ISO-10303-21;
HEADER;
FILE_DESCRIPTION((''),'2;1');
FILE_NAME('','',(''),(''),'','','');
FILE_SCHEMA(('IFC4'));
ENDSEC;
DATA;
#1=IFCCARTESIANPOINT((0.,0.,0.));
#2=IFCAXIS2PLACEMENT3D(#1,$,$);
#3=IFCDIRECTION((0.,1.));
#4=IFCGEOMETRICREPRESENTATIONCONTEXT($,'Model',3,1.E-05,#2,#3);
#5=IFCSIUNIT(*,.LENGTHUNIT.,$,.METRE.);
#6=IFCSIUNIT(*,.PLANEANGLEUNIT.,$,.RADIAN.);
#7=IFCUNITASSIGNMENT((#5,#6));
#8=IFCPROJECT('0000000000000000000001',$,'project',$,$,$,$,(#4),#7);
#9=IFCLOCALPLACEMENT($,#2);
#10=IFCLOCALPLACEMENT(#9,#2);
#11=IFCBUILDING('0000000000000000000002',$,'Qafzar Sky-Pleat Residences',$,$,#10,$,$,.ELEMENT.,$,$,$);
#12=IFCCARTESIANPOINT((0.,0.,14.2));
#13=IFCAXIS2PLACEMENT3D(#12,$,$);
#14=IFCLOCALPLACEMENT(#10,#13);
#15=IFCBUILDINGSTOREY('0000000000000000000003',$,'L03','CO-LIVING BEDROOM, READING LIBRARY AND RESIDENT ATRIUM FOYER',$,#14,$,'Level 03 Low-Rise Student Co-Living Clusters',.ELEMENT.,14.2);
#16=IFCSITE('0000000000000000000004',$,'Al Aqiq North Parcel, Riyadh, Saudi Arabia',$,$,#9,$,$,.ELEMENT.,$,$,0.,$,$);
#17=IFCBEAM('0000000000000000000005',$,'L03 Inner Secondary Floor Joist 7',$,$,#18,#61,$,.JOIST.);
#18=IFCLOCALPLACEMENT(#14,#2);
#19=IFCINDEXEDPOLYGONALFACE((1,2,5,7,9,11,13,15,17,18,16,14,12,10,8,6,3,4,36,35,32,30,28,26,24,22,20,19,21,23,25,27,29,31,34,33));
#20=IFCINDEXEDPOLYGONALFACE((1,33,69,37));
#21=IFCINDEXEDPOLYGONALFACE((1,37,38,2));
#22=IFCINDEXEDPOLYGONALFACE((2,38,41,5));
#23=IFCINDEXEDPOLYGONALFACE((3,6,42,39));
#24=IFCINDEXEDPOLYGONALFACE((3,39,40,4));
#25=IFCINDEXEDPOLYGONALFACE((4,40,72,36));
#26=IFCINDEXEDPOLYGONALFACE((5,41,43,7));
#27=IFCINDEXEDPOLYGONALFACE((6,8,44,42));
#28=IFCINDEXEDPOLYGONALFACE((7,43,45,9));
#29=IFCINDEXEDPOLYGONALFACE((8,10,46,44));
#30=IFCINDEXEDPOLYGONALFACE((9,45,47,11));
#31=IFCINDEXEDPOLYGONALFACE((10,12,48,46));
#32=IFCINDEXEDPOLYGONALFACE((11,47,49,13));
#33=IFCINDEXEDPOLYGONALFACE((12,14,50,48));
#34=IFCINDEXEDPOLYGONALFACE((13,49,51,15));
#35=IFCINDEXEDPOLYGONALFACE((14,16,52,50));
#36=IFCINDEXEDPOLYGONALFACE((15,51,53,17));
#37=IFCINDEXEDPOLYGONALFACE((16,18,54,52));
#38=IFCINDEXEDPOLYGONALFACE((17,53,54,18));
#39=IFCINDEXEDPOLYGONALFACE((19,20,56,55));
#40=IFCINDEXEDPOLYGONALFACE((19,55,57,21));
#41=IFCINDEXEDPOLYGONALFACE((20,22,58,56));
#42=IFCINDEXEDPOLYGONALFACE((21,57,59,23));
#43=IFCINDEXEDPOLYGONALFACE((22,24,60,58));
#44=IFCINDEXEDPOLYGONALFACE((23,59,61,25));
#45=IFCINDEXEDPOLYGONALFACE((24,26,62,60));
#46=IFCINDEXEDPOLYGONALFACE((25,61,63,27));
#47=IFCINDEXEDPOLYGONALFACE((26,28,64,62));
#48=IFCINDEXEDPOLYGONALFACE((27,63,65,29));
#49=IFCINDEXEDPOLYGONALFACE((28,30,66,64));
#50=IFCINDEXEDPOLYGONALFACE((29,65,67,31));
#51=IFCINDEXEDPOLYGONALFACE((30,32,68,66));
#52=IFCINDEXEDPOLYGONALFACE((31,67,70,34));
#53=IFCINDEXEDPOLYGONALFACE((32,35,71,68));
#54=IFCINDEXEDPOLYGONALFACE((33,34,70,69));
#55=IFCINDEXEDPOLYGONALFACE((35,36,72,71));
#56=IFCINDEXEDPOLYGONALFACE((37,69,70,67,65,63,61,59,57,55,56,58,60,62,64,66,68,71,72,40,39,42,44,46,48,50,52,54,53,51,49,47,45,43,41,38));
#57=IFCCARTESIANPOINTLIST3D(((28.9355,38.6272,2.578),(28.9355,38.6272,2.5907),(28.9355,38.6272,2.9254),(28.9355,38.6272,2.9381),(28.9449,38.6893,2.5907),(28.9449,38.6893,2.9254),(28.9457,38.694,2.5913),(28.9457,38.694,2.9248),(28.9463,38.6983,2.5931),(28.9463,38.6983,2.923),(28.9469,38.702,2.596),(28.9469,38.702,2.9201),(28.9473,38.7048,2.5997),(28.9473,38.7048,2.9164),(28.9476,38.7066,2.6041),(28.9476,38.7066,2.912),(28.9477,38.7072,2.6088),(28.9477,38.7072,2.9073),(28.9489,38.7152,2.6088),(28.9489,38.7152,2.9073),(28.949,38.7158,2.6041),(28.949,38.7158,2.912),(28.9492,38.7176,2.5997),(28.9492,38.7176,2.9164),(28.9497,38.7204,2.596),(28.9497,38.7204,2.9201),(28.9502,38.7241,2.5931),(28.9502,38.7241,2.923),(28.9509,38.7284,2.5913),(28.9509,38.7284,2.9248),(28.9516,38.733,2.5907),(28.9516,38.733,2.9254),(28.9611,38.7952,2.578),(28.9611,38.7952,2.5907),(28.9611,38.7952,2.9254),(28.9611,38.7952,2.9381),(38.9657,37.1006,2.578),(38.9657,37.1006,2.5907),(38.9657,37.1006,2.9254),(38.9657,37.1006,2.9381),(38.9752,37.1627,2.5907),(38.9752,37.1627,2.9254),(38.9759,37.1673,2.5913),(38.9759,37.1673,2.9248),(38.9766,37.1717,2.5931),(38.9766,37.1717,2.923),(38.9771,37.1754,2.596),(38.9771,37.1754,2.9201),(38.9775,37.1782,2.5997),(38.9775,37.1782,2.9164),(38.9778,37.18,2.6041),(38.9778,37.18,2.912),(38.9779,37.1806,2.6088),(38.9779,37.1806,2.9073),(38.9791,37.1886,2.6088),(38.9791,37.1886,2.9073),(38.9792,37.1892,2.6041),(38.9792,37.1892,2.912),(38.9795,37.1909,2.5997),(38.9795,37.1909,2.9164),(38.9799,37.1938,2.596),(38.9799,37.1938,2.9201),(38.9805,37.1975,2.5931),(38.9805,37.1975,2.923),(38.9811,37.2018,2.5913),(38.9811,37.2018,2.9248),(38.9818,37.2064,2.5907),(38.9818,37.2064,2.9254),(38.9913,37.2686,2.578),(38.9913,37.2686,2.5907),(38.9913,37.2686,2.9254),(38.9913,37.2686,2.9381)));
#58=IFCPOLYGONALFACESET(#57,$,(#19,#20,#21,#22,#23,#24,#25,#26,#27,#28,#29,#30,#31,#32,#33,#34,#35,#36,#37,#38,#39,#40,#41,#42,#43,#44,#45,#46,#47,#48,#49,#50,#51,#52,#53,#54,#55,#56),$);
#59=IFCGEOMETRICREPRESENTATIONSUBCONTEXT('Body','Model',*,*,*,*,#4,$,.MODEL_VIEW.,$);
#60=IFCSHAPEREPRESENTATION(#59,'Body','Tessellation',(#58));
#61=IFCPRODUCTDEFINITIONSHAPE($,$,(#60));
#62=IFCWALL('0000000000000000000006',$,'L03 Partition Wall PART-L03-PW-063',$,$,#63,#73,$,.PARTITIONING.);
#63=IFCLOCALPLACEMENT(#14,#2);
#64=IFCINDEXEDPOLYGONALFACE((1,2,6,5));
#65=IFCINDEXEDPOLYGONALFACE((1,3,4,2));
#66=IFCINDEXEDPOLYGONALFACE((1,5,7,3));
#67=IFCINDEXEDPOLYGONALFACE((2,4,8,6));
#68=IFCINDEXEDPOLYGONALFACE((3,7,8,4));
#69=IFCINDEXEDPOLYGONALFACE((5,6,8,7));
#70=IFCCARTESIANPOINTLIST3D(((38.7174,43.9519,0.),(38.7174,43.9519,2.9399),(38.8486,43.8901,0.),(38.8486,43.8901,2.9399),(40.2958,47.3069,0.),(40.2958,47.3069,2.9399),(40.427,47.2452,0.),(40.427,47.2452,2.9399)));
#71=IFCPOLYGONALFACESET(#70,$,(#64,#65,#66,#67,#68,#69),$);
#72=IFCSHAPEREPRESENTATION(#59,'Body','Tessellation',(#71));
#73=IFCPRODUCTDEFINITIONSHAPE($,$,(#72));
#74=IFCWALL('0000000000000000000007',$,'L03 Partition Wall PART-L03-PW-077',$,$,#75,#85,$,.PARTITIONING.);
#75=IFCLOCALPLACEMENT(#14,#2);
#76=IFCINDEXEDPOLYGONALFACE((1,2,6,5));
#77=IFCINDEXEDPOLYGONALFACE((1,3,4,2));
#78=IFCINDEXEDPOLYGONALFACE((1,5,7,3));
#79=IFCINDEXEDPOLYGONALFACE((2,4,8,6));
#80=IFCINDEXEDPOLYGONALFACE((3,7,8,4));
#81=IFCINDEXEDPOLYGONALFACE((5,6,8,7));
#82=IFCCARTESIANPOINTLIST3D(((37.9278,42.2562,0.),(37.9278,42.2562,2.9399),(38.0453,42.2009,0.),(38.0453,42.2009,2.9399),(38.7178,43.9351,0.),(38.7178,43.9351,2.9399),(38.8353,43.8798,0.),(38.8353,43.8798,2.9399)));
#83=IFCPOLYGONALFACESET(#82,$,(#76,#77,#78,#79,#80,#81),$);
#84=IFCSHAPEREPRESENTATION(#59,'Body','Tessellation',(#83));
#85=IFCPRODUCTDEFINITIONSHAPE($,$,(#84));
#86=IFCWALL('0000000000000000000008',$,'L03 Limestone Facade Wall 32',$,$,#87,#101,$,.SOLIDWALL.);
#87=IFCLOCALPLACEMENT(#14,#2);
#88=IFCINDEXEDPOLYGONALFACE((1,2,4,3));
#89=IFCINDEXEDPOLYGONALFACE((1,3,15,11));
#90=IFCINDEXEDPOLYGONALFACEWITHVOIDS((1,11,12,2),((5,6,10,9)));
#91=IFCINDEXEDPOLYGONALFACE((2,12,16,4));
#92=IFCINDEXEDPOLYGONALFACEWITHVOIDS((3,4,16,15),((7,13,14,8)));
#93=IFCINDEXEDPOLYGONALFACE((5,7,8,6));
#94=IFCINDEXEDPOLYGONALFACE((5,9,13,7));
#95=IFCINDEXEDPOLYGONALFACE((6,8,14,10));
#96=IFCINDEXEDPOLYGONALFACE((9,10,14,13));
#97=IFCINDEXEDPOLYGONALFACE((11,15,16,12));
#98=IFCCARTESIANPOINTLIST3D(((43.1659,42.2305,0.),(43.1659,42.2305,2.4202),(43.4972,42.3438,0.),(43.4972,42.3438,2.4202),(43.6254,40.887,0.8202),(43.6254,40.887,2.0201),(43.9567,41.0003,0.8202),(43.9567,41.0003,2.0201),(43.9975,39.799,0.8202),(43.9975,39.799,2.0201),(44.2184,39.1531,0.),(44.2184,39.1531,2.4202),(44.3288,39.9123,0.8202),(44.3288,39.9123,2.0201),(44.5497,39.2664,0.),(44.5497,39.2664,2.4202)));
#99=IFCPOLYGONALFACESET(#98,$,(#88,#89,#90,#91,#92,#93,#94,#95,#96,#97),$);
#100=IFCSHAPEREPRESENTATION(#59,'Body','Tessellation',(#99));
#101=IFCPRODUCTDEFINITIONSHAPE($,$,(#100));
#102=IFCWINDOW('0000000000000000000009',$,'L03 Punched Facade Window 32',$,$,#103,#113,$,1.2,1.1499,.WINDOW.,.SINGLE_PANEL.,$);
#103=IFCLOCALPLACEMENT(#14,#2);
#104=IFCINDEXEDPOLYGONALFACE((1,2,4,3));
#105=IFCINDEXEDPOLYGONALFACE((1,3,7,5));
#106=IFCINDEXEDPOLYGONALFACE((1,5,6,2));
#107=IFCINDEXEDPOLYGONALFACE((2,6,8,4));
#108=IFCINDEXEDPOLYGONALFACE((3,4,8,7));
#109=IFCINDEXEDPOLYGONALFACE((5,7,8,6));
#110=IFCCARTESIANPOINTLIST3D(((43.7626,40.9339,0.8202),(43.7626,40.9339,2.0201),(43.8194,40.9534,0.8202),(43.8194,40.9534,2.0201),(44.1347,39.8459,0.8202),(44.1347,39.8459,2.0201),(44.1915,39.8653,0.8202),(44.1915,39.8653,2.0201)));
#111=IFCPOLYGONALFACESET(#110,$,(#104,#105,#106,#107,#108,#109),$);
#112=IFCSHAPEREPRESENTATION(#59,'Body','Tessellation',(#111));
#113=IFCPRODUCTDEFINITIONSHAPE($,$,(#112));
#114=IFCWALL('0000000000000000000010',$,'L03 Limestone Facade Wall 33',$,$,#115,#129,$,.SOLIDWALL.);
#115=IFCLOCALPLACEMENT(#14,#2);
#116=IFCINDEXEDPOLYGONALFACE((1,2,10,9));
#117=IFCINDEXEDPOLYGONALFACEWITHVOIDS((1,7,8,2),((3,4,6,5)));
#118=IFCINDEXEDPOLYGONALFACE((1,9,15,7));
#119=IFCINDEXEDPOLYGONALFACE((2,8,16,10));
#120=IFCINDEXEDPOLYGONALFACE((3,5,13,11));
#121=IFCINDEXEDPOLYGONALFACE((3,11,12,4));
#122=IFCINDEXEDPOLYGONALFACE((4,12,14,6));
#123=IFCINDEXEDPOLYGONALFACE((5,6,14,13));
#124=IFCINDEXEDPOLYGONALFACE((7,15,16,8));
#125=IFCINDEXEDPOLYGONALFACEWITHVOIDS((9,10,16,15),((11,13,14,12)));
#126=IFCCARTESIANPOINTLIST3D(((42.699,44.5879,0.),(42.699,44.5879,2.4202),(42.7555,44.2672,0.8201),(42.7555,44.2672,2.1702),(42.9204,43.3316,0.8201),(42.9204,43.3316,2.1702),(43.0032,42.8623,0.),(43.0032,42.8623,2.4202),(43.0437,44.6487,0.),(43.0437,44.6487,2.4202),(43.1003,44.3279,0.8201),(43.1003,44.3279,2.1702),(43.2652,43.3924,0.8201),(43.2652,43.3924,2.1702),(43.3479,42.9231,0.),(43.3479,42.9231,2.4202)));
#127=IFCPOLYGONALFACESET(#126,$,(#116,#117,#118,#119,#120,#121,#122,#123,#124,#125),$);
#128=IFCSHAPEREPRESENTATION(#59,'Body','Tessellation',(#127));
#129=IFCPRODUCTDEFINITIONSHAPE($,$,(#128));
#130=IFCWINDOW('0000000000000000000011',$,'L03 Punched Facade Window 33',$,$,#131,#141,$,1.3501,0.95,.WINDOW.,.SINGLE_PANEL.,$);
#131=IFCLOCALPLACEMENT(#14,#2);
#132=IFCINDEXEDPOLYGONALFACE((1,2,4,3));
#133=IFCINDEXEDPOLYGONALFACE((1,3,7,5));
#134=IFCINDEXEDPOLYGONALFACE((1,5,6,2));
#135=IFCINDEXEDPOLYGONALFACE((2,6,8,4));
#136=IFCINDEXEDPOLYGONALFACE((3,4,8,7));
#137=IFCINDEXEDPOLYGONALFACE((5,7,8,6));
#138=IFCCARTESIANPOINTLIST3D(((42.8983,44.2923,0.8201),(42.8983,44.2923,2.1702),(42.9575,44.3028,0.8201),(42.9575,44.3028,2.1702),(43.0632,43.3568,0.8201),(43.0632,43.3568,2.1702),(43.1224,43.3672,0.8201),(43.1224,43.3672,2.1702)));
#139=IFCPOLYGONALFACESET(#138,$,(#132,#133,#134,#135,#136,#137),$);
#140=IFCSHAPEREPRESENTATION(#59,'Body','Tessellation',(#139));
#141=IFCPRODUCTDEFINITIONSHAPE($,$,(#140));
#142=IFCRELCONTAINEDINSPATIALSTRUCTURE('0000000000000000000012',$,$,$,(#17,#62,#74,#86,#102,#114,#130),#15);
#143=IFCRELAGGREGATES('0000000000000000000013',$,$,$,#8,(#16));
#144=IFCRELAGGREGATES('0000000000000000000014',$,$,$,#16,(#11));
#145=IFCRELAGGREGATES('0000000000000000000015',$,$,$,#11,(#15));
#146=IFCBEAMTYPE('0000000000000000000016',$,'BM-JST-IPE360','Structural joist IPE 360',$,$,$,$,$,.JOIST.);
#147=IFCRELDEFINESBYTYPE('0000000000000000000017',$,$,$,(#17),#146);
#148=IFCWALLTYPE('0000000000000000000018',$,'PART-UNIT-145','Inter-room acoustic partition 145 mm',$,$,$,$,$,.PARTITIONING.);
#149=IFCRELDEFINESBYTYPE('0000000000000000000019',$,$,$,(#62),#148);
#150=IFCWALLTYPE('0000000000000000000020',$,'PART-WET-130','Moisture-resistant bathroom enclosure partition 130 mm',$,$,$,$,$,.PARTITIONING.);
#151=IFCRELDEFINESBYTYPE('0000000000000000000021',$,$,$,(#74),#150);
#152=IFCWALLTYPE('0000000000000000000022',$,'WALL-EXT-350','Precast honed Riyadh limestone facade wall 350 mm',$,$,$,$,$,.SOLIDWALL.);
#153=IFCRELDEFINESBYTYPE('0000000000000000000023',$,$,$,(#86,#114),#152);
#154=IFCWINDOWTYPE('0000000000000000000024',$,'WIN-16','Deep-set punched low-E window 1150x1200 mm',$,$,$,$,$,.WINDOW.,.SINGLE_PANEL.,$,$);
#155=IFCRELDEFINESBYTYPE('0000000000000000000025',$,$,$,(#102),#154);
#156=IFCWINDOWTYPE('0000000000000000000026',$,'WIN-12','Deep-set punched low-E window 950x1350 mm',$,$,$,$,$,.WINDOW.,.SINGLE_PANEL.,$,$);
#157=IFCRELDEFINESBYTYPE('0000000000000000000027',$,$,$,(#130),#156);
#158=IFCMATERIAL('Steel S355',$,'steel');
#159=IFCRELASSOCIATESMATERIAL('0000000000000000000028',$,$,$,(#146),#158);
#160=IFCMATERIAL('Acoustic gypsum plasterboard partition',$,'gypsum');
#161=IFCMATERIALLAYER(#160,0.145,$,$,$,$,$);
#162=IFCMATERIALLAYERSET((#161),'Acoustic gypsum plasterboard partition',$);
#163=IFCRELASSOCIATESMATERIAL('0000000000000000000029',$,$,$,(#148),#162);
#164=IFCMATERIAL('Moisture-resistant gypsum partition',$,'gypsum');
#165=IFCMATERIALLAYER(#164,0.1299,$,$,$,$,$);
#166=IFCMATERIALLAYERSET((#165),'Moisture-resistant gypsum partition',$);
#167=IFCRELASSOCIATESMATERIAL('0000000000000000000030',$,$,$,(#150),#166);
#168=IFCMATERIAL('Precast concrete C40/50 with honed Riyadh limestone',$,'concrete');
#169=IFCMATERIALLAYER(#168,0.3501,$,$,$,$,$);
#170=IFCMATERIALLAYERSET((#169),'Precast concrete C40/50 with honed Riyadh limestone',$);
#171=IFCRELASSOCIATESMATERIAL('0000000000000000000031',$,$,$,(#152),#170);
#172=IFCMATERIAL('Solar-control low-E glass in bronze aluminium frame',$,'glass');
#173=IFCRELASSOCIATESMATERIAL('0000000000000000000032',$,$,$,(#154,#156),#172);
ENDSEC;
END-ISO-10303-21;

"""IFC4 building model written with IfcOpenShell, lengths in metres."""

from ifc_helpers import new_model, si_unit, direction, frame, frame_2d, origin, origin_2d, place, context, subcontext, project, spatial, rectangle, i_section, extrude, source, transform, mapped, material, layer, layer_set, material_profile, profile_set, type_object, element, fill, save


model = new_model("IFC4")

# Units and contexts
model_context = context("Model", 3, precision=1e-05, world=origin(), true_north=direction((0.0, 1.0)))
body_context = subcontext(model_context, "Body", "Model", "MODEL_VIEW")
ifc_project = project(units=[si_unit("LENGTHUNIT", "METRE"), si_unit("PLANEANGLEUNIT", "RADIAN")], contexts=[model_context])

# Site, building, storey
site_placement = place(None, origin())
site = spatial("IfcSite", under=ifc_project, at=site_placement, Name="Al Aqiq North Parcel, Riyadh, Saudi Arabia", CompositionType="ELEMENT", RefElevation=0.0)
building_placement = place(site_placement, origin())
building = spatial("IfcBuilding", under=site, at=building_placement, Name="Qafzar Sky-Pleat Residences", CompositionType="ELEMENT")
storey_placement = place(building_placement, frame((0.0, 0.0, 14.2)))
storey = spatial("IfcBuildingStorey", under=building, at=storey_placement, Name="L03", Description="CO-LIVING BEDROOM, READING LIBRARY AND RESIDENT ATRIUM FOYER", LongName="Level 03 Low-Rise Student Co-Living Clusters", CompositionType="ELEMENT", Elevation=14.2)

# Beam
ifc_material_1 = material(Name="Steel S355", Category="steel")
ifc_material_profile_1 = material_profile(ifc_material_1, i_section(OverallWidth=0.1699, OverallDepth=0.3601, WebThickness=0.0081, FlangeThickness=0.0127, FilletRadius=0.0181, at=origin_2d()), Name="IPE 360")
ifc_profile_set_1 = profile_set([ifc_material_profile_1], Name="Steel S355")
beam_type_1 = type_object("IfcBeamType", Name="BM-JST-IPE360", Description="Structural joist IPE 360", PredefinedType="JOIST", material=ifc_profile_set_1)
shared_shape_1 = source(origin(), body_context, "Body", "SweptSolid", [
    extrude(i_section(OverallWidth=0.1699, OverallDepth=0.3601, WebThickness=0.0081, FlangeThickness=0.0127, FilletRadius=0.0181, at=origin_2d()), origin(), (0.0, 0.0, 1.0), 10.1458),
])
beam_1_placement = place(storey_placement, frame((38.9785, 37.1846, 2.7581), z_axis=(-0.988615, 0.150468, 0.0), x_axis=(-0.150468, -0.988615, 0.0)))
element("IfcBeam", 1, at=beam_1_placement, inside=storey, type_object=beam_type_1, Name="L03 Inner Secondary Floor Joist 7", PredefinedType="JOIST", context=body_context, shape_type="MappedRepresentation", body=[
    mapped(shared_shape_1, transform((0.0, 0.0, 0.0), x_axis=(1.0, 0.0, 0.0), y_axis=(0.0, 1.0, 0.0), z_axis=(0.0, 0.0, 1.0), scale=1.0)),
])

# Walls
ifc_material_2 = material(Name="Acoustic gypsum plasterboard partition", Category="gypsum")
ifc_layer_1 = layer(ifc_material_2, 0.145)
ifc_layer_set_1 = layer_set([ifc_layer_1], Name="Acoustic gypsum plasterboard partition")
wall_type_1 = type_object("IfcWallType", Name="PART-UNIT-145", Description="Inter-room acoustic partition 145 mm", PredefinedType="PARTITIONING", material=ifc_layer_set_1)
wall_1_placement = place(storey_placement, frame((38.783, 43.9209, 0.0), z_axis=(0.0, 0.0, 1.0), x_axis=(0.425699, 0.904865, 0.0)))
element("IfcWall", 2, at=wall_1_placement, inside=storey, type_object=wall_type_1, Name="L03 Partition Wall PART-L03-PW-063", PredefinedType="PARTITIONING", context=body_context, shape_type="SweptSolid", body=[
    extrude(rectangle(XDim=3.7078, YDim=0.145, at=frame_2d((1.854, 0.0))), origin(), (0.0, 0.0, 1.0), 2.9399),
])
ifc_material_3 = material(Name="Moisture-resistant gypsum partition", Category="gypsum")
ifc_layer_2 = layer(ifc_material_3, 0.1299)
ifc_layer_set_2 = layer_set([ifc_layer_2], Name="Moisture-resistant gypsum partition")
wall_type_2 = type_object("IfcWallType", Name="PART-WET-130", Description="Moisture-resistant bathroom enclosure partition 130 mm", PredefinedType="PARTITIONING", material=ifc_layer_set_2)
wall_2_placement = place(storey_placement, frame((37.9866, 42.2285, 0.0), z_axis=(0.0, 0.0, 1.0), x_axis=(0.425772, 0.904831, 0.0)))
element("IfcWall", 3, at=wall_2_placement, inside=storey, type_object=wall_type_2, Name="L03 Partition Wall PART-L03-PW-077", PredefinedType="PARTITIONING", context=body_context, shape_type="SweptSolid", body=[
    extrude(rectangle(XDim=1.8555, YDim=0.1299, at=frame_2d((0.9277, 0.0))), origin(), (0.0, 0.0, 1.0), 2.9399),
])

# Walls, openings, windows
ifc_material_4 = material(Name="Precast concrete C40/50 with honed Riyadh limestone", Category="concrete")
ifc_layer_3 = layer(ifc_material_4, 0.3501)
ifc_layer_set_3 = layer_set([ifc_layer_3], Name="Precast concrete C40/50 with honed Riyadh limestone")
wall_type_3 = type_object("IfcWallType", Name="WALL-EXT-350", Description="Precast honed Riyadh limestone facade wall 350 mm", PredefinedType="SOLIDWALL", material=ifc_layer_set_3)
wall_3_placement = place(storey_placement, frame((44.384, 39.2097, 0.0), z_axis=(0.0, 0.0, 1.0), x_axis=(-0.323605, 0.946192, 0.0)))
wall_3 = element("IfcWall", 4, at=wall_3_placement, inside=storey, type_object=wall_type_3, Name="L03 Limestone Facade Wall 32", PredefinedType="SOLIDWALL", context=body_context, shape_type="SweptSolid", body=[
    extrude(rectangle(XDim=3.2524, YDim=0.3501, at=frame_2d((1.6262, 0.0))), origin(), (0.0, 0.0, 1.0), 2.4202),
])
opening_1_placement = place(wall_3_placement, frame((0.6826, 0.0, 0.8201)))
opening_1 = element("IfcOpeningElement", 5, at=opening_1_placement, cuts=wall_3, PredefinedType="OPENING", context=body_context, shape_type="SweptSolid", body=[
    extrude(rectangle(XDim=1.1499, YDim=1.2, at=frame_2d((0.575, 0.6001))), frame((0.0, 0.1851, 0.0), z_axis=(0.0, -1.0, 0.0), x_axis=(1.0, 0.0, 0.0)), (0.0, 0.0, 1.0), 0.3701),
])
ifc_material_5 = material(Name="Solar-control low-E glass in bronze aluminium frame", Category="glass")
window_type_1 = type_object("IfcWindowType", Name="WIN-16", Description="Deep-set punched low-E window 1150x1200 mm", PartitioningType="SINGLE_PANEL", PredefinedType="WINDOW", material=ifc_material_5)
shared_shape_2 = source(origin(), body_context, "Body", "SweptSolid", [
    extrude(rectangle(XDim=1.1499, YDim=1.2, at=frame_2d((0.575, 0.6001))), frame((0.0, 0.03, 0.0), z_axis=(0.0, -1.0, 0.0), x_axis=(1.0, 0.0, 0.0)), (0.0, 0.0, 1.0), 0.0601),
])
window_1_placement = place(opening_1_placement, origin())
window_1 = element("IfcWindow", 6, at=window_1_placement, inside=storey, type_object=window_type_1, Name="L03 Punched Facade Window 32", OverallHeight=1.2, OverallWidth=1.1499, PartitioningType="SINGLE_PANEL", PredefinedType="WINDOW", context=body_context, shape_type="MappedRepresentation", body=[
    mapped(shared_shape_2, transform((0.0, 0.0, 0.0), x_axis=(1.0, 0.0, 0.0), y_axis=(0.0, 1.0, 0.0), z_axis=(0.0, 0.0, 1.0), scale=1.0)),
])
fill(opening_1, window_1)
wall_4_placement = place(storey_placement, frame((43.1755, 42.8928, 0.0), z_axis=(0.0, 0.0, 1.0), x_axis=(-0.17361, 0.984814, 0.0)))
wall_4 = element("IfcWall", 7, at=wall_4_placement, inside=storey, type_object=wall_type_3, Name="L03 Limestone Facade Wall 33", PredefinedType="SOLIDWALL", context=body_context, shape_type="SweptSolid", body=[
    extrude(rectangle(XDim=1.7522, YDim=0.3501, at=frame_2d((0.876, 0.0))), origin(), (0.0, 0.0, 1.0), 2.4202),
])
opening_2_placement = place(wall_4_placement, frame((0.4763, 0.0, 0.8201)))
opening_2 = element("IfcOpeningElement", 8, at=opening_2_placement, cuts=wall_4, PredefinedType="OPENING", context=body_context, shape_type="SweptSolid", body=[
    extrude(rectangle(XDim=0.95, YDim=1.3501, at=frame_2d((0.4751, 0.675))), frame((0.0, 0.1851, 0.0), z_axis=(0.0, -1.0, 0.0), x_axis=(1.0, 0.0, 0.0)), (0.0, 0.0, 1.0), 0.3701),
])
window_type_2 = type_object("IfcWindowType", Name="WIN-12", Description="Deep-set punched low-E window 950x1350 mm", PartitioningType="SINGLE_PANEL", PredefinedType="WINDOW", material=ifc_material_5)
shared_shape_3 = source(origin(), body_context, "Body", "SweptSolid", [
    extrude(rectangle(XDim=0.95, YDim=1.3501, at=frame_2d((0.4751, 0.675))), frame((0.0, 0.03, 0.0), z_axis=(0.0, -1.0, 0.0), x_axis=(1.0, 0.0, 0.0)), (0.0, 0.0, 1.0), 0.0601),
])
window_2_placement = place(opening_2_placement, origin())
window_2 = element("IfcWindow", 9, at=window_2_placement, inside=storey, type_object=window_type_2, Name="L03 Punched Facade Window 33", OverallHeight=1.3501, OverallWidth=0.95, PartitioningType="SINGLE_PANEL", PredefinedType="WINDOW", context=body_context, shape_type="MappedRepresentation", body=[
    mapped(shared_shape_3, transform((0.0, 0.0, 0.0), x_axis=(1.0, 0.0, 0.0), y_axis=(0.0, 1.0, 0.0), z_axis=(0.0, 0.0, 1.0), scale=1.0)),
])
fill(opening_2, window_2)

save(model, "model.ifc")
